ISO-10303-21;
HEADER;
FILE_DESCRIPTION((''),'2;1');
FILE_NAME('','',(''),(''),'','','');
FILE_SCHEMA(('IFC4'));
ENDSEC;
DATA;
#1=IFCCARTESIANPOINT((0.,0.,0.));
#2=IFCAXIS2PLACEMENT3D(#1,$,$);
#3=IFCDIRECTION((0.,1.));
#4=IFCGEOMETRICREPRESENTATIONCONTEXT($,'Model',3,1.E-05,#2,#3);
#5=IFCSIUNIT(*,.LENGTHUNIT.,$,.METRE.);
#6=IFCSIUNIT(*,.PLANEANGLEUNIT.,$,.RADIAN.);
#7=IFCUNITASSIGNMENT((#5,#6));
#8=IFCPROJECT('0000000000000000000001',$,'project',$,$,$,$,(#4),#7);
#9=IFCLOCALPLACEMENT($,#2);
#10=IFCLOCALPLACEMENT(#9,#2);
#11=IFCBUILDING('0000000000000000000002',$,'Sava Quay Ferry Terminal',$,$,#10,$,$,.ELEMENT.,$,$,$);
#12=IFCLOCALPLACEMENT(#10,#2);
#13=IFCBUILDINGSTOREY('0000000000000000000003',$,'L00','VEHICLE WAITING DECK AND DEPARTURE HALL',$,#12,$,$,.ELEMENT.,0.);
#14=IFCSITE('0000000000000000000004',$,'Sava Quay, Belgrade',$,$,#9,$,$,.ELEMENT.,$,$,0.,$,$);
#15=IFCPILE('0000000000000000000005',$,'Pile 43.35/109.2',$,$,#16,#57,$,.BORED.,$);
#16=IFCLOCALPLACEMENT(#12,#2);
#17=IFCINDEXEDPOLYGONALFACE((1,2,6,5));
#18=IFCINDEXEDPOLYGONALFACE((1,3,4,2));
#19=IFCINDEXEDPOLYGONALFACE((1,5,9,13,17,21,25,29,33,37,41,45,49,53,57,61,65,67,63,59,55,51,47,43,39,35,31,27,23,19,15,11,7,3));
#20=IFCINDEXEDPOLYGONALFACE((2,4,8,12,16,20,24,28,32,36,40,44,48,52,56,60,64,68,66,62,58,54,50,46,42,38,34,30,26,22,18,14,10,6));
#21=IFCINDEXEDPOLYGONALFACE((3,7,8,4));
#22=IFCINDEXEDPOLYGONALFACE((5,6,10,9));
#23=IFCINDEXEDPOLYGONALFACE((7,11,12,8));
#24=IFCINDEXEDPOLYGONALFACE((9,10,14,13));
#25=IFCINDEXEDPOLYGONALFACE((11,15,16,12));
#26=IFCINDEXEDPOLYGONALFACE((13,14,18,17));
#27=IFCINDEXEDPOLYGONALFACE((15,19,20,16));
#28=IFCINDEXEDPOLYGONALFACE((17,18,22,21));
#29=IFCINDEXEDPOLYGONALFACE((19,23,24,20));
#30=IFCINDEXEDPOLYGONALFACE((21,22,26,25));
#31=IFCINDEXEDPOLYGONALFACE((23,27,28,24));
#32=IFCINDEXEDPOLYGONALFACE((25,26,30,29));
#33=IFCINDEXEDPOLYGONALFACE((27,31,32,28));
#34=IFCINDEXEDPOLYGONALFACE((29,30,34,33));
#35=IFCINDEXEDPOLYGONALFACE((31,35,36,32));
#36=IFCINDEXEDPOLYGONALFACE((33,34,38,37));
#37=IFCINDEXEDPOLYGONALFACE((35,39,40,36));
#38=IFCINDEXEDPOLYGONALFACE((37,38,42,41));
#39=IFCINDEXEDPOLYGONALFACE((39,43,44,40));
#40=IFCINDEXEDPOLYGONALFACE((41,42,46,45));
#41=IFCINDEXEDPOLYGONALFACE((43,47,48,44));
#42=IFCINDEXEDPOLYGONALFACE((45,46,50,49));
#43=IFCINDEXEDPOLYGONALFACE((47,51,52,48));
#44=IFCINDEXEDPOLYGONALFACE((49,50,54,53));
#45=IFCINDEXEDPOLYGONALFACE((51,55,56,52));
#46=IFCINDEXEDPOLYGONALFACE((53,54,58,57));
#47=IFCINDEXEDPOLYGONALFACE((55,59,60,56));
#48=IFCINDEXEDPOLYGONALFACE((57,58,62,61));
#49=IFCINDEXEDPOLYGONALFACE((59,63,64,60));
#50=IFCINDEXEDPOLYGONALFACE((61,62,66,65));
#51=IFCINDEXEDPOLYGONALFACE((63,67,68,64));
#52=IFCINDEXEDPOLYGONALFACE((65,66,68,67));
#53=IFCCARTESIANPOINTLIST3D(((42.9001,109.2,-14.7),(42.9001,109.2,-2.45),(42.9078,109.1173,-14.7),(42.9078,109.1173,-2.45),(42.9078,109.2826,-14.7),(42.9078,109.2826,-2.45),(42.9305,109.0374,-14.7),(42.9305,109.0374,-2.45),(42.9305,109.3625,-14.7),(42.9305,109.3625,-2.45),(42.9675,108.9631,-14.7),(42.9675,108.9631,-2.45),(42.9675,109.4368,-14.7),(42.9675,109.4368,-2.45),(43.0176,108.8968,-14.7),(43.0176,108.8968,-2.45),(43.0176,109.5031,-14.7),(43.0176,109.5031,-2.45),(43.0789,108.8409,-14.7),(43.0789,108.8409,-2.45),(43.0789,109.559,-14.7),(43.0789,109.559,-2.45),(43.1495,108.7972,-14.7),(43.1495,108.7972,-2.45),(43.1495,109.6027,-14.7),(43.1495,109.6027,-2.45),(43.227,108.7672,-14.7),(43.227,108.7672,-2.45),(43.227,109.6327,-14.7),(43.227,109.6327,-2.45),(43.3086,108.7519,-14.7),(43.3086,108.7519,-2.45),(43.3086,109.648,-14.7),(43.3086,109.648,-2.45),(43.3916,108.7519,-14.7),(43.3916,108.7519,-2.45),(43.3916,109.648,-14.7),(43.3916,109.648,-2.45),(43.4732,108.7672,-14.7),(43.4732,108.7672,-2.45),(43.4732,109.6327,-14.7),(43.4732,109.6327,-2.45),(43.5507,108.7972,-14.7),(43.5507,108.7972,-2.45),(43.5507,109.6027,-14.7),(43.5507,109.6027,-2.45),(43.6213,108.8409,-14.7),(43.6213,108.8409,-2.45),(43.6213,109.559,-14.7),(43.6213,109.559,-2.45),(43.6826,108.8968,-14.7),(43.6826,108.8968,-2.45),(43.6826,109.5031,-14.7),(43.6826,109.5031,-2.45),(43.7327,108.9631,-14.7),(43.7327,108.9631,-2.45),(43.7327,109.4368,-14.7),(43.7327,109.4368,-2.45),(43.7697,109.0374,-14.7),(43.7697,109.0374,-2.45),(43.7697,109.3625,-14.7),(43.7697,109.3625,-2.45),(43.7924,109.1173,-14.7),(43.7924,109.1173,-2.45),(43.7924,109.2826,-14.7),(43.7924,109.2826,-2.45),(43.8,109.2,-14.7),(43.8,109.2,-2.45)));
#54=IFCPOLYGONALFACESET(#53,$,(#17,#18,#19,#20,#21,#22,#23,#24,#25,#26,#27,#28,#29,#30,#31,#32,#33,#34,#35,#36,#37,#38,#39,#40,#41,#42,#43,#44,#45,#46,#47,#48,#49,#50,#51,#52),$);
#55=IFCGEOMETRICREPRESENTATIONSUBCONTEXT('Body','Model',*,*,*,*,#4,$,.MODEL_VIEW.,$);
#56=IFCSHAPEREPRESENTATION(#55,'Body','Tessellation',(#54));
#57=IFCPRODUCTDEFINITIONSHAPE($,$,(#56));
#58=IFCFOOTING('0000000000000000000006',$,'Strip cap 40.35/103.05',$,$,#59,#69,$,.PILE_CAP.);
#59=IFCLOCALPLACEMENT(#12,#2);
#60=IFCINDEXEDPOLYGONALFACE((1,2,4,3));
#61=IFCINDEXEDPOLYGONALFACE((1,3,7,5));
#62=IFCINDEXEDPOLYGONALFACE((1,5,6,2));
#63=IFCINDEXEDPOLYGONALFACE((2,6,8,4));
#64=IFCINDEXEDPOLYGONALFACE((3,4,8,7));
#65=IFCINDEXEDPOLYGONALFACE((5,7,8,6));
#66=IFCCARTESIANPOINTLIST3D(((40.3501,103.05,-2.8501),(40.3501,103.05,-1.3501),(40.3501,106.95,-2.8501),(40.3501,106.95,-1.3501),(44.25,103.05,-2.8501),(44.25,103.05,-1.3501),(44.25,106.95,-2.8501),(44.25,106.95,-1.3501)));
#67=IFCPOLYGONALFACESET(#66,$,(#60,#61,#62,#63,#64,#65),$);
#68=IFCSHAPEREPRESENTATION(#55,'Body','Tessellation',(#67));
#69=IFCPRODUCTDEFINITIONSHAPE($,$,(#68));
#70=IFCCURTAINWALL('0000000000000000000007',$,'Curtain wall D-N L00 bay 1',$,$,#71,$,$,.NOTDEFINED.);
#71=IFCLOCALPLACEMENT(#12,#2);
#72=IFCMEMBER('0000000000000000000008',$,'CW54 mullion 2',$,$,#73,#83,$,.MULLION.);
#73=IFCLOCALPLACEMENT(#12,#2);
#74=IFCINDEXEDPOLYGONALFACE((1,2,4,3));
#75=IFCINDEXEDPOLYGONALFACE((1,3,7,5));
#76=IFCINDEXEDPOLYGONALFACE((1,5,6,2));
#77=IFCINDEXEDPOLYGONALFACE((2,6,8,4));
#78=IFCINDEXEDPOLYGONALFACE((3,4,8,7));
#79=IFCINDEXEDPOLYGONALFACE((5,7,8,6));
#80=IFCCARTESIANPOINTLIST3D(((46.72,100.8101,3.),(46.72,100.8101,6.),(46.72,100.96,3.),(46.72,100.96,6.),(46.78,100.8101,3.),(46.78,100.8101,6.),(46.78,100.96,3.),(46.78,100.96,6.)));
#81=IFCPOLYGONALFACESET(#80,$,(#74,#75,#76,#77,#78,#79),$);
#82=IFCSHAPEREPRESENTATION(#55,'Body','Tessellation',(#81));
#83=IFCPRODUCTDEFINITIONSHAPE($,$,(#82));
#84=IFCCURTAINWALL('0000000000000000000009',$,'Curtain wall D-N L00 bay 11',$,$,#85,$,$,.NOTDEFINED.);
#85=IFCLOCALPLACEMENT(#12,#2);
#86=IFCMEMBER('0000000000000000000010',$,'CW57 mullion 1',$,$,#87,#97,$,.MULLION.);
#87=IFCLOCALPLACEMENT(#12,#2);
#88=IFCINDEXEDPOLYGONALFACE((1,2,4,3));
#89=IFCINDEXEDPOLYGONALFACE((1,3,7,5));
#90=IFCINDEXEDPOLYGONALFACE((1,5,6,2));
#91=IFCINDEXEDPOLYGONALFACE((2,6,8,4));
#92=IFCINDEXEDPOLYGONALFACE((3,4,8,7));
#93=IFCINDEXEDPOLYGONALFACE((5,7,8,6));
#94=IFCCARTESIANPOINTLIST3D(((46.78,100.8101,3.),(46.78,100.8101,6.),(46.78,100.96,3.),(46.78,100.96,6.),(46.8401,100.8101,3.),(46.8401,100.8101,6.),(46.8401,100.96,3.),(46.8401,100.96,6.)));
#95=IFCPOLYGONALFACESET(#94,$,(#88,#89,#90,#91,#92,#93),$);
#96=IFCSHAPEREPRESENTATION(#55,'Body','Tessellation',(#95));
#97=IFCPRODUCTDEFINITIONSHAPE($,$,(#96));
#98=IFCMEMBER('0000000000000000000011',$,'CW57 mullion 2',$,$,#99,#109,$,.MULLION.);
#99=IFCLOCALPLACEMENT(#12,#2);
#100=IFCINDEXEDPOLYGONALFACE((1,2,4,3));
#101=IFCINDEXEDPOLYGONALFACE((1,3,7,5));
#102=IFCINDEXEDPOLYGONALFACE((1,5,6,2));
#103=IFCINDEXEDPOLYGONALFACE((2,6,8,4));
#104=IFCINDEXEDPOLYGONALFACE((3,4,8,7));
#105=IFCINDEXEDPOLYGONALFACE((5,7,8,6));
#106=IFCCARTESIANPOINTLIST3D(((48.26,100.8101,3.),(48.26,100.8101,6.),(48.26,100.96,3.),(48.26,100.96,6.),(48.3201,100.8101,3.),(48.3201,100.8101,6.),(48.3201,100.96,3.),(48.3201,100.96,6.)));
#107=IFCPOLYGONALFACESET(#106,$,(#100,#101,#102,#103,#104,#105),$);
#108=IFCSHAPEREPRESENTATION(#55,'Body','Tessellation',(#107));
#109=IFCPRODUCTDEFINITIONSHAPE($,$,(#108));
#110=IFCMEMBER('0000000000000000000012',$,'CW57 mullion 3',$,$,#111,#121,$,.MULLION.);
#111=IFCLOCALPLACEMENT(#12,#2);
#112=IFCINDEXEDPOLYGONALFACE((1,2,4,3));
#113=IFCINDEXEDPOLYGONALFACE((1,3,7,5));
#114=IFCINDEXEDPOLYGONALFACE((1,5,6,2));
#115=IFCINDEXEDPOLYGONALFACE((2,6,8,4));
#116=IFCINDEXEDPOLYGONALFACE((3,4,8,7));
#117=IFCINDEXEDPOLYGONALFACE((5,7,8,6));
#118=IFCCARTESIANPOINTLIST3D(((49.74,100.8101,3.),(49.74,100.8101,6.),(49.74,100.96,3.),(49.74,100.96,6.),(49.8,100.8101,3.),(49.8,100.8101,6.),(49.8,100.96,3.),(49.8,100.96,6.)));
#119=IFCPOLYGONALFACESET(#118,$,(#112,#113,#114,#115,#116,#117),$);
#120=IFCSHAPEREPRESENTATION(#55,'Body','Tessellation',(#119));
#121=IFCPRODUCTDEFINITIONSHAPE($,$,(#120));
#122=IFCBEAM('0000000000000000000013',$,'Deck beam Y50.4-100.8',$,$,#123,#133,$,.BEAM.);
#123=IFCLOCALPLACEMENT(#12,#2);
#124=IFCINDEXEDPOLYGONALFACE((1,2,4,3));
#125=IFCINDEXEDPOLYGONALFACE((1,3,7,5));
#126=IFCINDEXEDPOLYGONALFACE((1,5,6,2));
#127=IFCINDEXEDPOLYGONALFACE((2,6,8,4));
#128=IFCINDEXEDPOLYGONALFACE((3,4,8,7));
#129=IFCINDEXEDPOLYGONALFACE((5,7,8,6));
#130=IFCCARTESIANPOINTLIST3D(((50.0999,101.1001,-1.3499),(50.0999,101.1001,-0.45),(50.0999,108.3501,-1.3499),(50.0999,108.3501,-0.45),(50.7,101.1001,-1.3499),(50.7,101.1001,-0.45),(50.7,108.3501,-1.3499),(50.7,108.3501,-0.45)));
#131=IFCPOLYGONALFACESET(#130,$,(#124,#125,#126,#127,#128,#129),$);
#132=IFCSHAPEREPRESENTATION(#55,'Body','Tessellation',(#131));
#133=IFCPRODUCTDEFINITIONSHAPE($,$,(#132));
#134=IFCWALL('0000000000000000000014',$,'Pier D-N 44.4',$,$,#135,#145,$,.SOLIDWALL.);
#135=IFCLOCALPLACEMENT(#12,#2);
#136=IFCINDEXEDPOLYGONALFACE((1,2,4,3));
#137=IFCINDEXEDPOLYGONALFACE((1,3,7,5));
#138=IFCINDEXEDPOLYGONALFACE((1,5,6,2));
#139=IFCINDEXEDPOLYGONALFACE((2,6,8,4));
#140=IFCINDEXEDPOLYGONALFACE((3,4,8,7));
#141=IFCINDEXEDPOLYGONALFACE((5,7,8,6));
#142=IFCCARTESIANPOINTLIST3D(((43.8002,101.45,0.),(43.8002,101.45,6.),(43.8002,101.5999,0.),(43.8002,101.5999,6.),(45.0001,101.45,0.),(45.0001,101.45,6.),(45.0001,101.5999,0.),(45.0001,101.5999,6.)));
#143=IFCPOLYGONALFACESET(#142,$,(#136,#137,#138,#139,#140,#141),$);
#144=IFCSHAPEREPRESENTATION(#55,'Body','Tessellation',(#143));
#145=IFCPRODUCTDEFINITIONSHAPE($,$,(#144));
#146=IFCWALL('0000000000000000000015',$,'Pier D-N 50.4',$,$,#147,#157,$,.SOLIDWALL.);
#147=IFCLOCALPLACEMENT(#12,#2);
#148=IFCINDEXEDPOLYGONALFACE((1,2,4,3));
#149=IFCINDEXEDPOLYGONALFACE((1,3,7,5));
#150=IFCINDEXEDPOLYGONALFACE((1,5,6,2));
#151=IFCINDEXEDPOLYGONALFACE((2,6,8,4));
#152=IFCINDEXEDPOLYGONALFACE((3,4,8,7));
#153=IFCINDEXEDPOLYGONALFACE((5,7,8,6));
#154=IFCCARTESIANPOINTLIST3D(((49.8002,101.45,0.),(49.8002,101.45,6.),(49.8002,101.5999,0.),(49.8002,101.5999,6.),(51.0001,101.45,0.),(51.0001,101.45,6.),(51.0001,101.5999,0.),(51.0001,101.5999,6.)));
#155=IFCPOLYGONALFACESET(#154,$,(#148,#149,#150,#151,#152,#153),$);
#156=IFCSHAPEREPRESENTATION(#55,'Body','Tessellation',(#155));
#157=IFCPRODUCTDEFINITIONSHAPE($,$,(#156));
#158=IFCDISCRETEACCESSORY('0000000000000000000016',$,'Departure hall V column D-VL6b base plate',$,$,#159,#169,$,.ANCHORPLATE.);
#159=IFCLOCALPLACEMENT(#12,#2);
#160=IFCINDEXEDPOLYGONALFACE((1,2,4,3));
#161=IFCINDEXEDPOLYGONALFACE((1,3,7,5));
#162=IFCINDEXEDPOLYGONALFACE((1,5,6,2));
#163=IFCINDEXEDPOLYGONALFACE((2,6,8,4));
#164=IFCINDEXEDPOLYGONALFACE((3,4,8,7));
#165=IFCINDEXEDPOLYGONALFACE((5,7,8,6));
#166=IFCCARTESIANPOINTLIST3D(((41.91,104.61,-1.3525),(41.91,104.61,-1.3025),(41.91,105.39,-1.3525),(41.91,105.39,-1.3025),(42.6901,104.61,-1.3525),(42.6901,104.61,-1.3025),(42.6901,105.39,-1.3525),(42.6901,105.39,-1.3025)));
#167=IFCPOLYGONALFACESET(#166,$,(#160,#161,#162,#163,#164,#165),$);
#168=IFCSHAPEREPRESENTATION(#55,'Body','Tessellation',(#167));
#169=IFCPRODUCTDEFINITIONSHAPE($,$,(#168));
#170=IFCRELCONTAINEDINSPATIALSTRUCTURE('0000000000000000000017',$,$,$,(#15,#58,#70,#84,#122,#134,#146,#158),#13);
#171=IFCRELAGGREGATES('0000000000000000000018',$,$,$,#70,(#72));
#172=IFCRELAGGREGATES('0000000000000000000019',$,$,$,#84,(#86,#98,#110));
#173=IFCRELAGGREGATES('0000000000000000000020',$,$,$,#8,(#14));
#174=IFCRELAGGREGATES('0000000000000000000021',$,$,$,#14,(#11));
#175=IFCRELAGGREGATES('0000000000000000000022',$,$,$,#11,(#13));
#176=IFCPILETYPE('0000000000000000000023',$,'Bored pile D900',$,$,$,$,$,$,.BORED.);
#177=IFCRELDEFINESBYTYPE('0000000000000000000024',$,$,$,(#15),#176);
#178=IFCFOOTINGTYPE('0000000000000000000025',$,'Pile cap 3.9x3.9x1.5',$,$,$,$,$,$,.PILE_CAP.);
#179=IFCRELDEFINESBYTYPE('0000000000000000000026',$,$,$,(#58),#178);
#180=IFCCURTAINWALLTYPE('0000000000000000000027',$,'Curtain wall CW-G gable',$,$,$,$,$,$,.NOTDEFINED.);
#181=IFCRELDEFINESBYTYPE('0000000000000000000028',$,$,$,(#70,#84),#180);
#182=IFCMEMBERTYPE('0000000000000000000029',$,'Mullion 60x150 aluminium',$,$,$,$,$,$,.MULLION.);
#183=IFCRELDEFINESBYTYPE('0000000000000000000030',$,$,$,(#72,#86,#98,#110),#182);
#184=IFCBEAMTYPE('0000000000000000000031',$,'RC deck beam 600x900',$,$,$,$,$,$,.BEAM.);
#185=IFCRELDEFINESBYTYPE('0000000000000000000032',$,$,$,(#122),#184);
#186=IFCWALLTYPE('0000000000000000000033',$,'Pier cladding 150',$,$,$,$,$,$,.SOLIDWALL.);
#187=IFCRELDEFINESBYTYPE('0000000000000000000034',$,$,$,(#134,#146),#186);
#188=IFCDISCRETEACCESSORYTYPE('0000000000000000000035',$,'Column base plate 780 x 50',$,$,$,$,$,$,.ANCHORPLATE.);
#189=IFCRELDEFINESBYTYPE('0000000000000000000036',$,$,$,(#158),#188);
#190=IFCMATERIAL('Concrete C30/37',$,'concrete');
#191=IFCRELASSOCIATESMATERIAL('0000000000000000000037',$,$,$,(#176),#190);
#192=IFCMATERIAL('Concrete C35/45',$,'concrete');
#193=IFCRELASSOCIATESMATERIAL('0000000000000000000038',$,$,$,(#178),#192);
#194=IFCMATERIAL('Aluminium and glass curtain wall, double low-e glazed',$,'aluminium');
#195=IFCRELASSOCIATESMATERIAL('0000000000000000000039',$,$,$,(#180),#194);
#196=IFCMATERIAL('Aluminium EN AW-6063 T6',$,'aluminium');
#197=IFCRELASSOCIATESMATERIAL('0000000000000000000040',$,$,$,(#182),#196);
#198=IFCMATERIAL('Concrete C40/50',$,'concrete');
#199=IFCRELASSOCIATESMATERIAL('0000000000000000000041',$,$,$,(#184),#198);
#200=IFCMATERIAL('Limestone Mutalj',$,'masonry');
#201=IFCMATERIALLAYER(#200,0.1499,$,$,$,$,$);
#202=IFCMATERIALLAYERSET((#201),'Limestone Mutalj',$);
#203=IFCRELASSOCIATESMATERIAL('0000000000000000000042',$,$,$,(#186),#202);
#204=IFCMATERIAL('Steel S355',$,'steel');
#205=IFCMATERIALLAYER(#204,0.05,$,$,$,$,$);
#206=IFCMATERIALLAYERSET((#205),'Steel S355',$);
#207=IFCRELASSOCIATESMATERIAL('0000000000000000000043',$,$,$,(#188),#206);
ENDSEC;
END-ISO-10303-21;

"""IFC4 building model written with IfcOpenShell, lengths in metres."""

from ifc_helpers import new_model, si_unit, direction, frame, frame_2d, origin, origin_2d, place, context, subcontext, project, spatial, rectangle, circle, extrude, material, layer, layer_set, material_profile, profile_set, type_object, element, aggregate, save


model = new_model("IFC4")

# Units and contexts
model_context = context("Model", 3, precision=1e-05, world=origin(), true_north=direction((0.0, 1.0)))
body_context = subcontext(model_context, "Body", "Model", "MODEL_VIEW")
ifc_project = project(units=[si_unit("LENGTHUNIT", "METRE"), si_unit("PLANEANGLEUNIT", "RADIAN")], contexts=[model_context])

# Site, building, storey
site_placement = place(None, origin())
site = spatial("IfcSite", under=ifc_project, at=site_placement, Name="Sava Quay, Belgrade", CompositionType="ELEMENT", RefElevation=0.0)
building_placement = place(site_placement, origin())
building = spatial("IfcBuilding", under=site, at=building_placement, Name="Sava Quay Ferry Terminal", CompositionType="ELEMENT")
storey_placement = place(building_placement, origin())
storey = spatial("IfcBuildingStorey", under=building, at=storey_placement, Name="L00", Description="VEHICLE WAITING DECK AND DEPARTURE HALL", CompositionType="ELEMENT", Elevation=0.0)

# Pile
ifc_material_1 = material(Name="Concrete C30/37", Category="concrete")
ifc_material_profile_1 = material_profile(ifc_material_1, circle(Radius=0.45, at=origin_2d()), Name="Bored pile D900")
ifc_profile_set_1 = profile_set([ifc_material_profile_1], Name="Concrete C30/37")
pile_type = type_object("IfcPileType", Name="Bored pile D900", PredefinedType="BORED", material=ifc_profile_set_1)
pile_placement = place(storey_placement, frame((43.3501, 109.2, -2.45), z_axis=(0.0, 0.0, -1.0), x_axis=(1.0, 0.0, 0.0)))
element("IfcPile", 1, at=pile_placement, inside=storey, type_object=pile_type, Name="Pile 43.35/109.2", PredefinedType="BORED", context=body_context, shape_type="SweptSolid", body=[
    extrude(circle(Radius=0.45, at=origin_2d()), origin(), (0.0, 0.0, 1.0), 12.25),
])

# Footing
ifc_material_2 = material(Name="Concrete C35/45", Category="concrete")
footing_type = type_object("IfcFootingType", Name="Pile cap 3.9x3.9x1.5", PredefinedType="PILE_CAP", material=ifc_material_2)
footing_placement = place(storey_placement, frame((42.3, 105.0, -2.8501), z_axis=(0.0, 0.0, 1.0), x_axis=(1.0, 0.0, 0.0)))
element("IfcFooting", 2, at=footing_placement, inside=storey, type_object=footing_type, Name="Strip cap 40.35/103.05", PredefinedType="PILE_CAP", context=body_context, shape_type="SweptSolid", body=[
    extrude(rectangle(XDim=3.8999, YDim=3.8999, at=origin_2d()), origin(), (0.0, 0.0, 1.0), 1.5),
])

# Curtain wall, member
ifc_material_3 = material(Name="Aluminium and glass curtain wall, double low-e glazed", Category="aluminium")
curtain_wall_type = type_object("IfcCurtainWallType", Name="Curtain wall CW-G gable", PredefinedType="NOTDEFINED", material=ifc_material_3)
curtain_wall_1_placement = place(storey_placement, origin())
curtain_wall_1 = element("IfcCurtainWall", 3, at=curtain_wall_1_placement, inside=storey, type_object=curtain_wall_type, Name="Curtain wall D-N L00 bay 1", PredefinedType="NOTDEFINED")
ifc_material_4 = material(Name="Aluminium EN AW-6063 T6", Category="aluminium")
ifc_material_profile_2 = material_profile(ifc_material_4, rectangle(XDim=0.1499, YDim=0.0601, at=origin_2d()), Name="Mullion 60x150 aluminium")
ifc_profile_set_2 = profile_set([ifc_material_profile_2], Name="Aluminium EN AW-6063 T6")
member_type = type_object("IfcMemberType", Name="Mullion 60x150 aluminium", PredefinedType="MULLION", material=ifc_profile_set_2)
member_1_placement = place(storey_placement, frame((46.75, 100.885, 3.0), z_axis=(0.0, 0.0, 1.0), x_axis=(0.0, 1.0, 0.0)))
member_1 = element("IfcMember", 4, at=member_1_placement, type_object=member_type, Name="CW54 mullion 2", PredefinedType="MULLION", context=body_context, shape_type="SweptSolid", body=[
    extrude(rectangle(XDim=0.1499, YDim=0.0601, at=origin_2d()), origin(), (0.0, 0.0, 1.0), 3.0),
])
aggregate(curtain_wall_1, [member_1])

# Curtain wall, members
curtain_wall_2_placement = place(storey_placement, origin())
curtain_wall_2 = element("IfcCurtainWall", 5, at=curtain_wall_2_placement, inside=storey, type_object=curtain_wall_type, Name="Curtain wall D-N L00 bay 11", PredefinedType="NOTDEFINED")
member_2_placement = place(storey_placement, frame((46.8101, 100.885, 3.0), z_axis=(0.0, 0.0, 1.0), x_axis=(0.0, 1.0, 0.0)))
member_2 = element("IfcMember", 6, at=member_2_placement, type_object=member_type, Name="CW57 mullion 1", PredefinedType="MULLION", context=body_context, shape_type="SweptSolid", body=[
    extrude(rectangle(XDim=0.1499, YDim=0.0601, at=origin_2d()), origin(), (0.0, 0.0, 1.0), 3.0),
])
member_3_placement = place(storey_placement, frame((48.29, 100.885, 3.0), z_axis=(0.0, 0.0, 1.0), x_axis=(0.0, 1.0, 0.0)))
member_3 = element("IfcMember", 7, at=member_3_placement, type_object=member_type, Name="CW57 mullion 2", PredefinedType="MULLION", context=body_context, shape_type="SweptSolid", body=[
    extrude(rectangle(XDim=0.1499, YDim=0.0601, at=origin_2d()), origin(), (0.0, 0.0, 1.0), 3.0),
])
member_4_placement = place(storey_placement, frame((49.77, 100.885, 3.0), z_axis=(0.0, 0.0, 1.0), x_axis=(0.0, 1.0, 0.0)))
member_4 = element("IfcMember", 8, at=member_4_placement, type_object=member_type, Name="CW57 mullion 3", PredefinedType="MULLION", context=body_context, shape_type="SweptSolid", body=[
    extrude(rectangle(XDim=0.1499, YDim=0.0601, at=origin_2d()), origin(), (0.0, 0.0, 1.0), 3.0),
])
aggregate(curtain_wall_2, [member_2, member_3, member_4])

# Beam
ifc_material_5 = material(Name="Concrete C40/50", Category="concrete")
ifc_material_profile_3 = material_profile(ifc_material_5, rectangle(XDim=0.6001, YDim=0.8999, at=origin_2d()), Name="RC 600x900")
ifc_profile_set_3 = profile_set([ifc_material_profile_3], Name="Concrete C40/50")
beam_type = type_object("IfcBeamType", Name="RC deck beam 600x900", PredefinedType="BEAM", material=ifc_profile_set_3)
beam_placement = place(storey_placement, frame((50.3999, 101.1001, -0.8999), z_axis=(0.0, 1.0, 0.0), x_axis=(-1.0, 0.0, 0.0)))
element("IfcBeam", 9, at=beam_placement, inside=storey, type_object=beam_type, Name="Deck beam Y50.4-100.8", PredefinedType="BEAM", context=body_context, shape_type="SweptSolid", body=[
    extrude(rectangle(XDim=0.6001, YDim=0.8999, at=origin_2d()), origin(), (0.0, 0.0, 1.0), 7.25),
])

# Walls
ifc_material_6 = material(Name="Limestone Mutalj", Category="masonry")
ifc_layer_1 = layer(ifc_material_6, 0.1499)
ifc_layer_set_1 = layer_set([ifc_layer_1], Name="Limestone Mutalj")
wall_type_1 = type_object("IfcWallType", Name="Pier cladding 150", PredefinedType="SOLIDWALL", material=ifc_layer_set_1)
for number, where, z_axis, x_axis, name in (
    (10, (43.8, 101.5249, 0.0), (0.0, 0.0, 1.0), (1.0, 0.0, 0.0), "Pier D-N 44.4"),
    (11, (49.8, 101.5249, 0.0), (0.0, 0.0, 1.0), (1.0, 0.0, 0.0), "Pier D-N 50.4"),
):
    element("IfcWall", number, at=place(storey_placement, frame(where, z_axis=z_axis, x_axis=x_axis)), inside=storey, type_object=wall_type_1, Name=name, PredefinedType="SOLIDWALL", context=body_context, shape_type="SweptSolid", body=[
        extrude(rectangle(XDim=1.2, YDim=0.1499, at=frame_2d((0.6001, 0.0))), origin(), (0.0, 0.0, 1.0), 6.0),
    ])

# Discrete accessory
ifc_material_7 = material(Name="Steel S355", Category="steel")
ifc_layer_2 = layer(ifc_material_7, 0.05)
ifc_layer_set_2 = layer_set([ifc_layer_2], Name="Steel S355")
discrete_accessory_type = type_object("IfcDiscreteAccessoryType", Name="Column base plate 780 x 50", PredefinedType="ANCHORPLATE", material=ifc_layer_set_2)
discrete_accessory_placement = place(storey_placement, frame((42.3, 105.0, -1.3525), z_axis=(0.0, 0.0, 1.0), x_axis=(1.0, 0.0, 0.0)))
element("IfcDiscreteAccessory", 12, at=discrete_accessory_placement, inside=storey, type_object=discrete_accessory_type, Name="Departure hall V column D-VL6b base plate", PredefinedType="ANCHORPLATE", context=body_context, shape_type="SweptSolid", body=[
    extrude(rectangle(XDim=0.78, YDim=0.78, at=origin_2d()), origin(), (0.0, 0.0, 1.0), 0.05),
])

save(model, "model.ifc")
